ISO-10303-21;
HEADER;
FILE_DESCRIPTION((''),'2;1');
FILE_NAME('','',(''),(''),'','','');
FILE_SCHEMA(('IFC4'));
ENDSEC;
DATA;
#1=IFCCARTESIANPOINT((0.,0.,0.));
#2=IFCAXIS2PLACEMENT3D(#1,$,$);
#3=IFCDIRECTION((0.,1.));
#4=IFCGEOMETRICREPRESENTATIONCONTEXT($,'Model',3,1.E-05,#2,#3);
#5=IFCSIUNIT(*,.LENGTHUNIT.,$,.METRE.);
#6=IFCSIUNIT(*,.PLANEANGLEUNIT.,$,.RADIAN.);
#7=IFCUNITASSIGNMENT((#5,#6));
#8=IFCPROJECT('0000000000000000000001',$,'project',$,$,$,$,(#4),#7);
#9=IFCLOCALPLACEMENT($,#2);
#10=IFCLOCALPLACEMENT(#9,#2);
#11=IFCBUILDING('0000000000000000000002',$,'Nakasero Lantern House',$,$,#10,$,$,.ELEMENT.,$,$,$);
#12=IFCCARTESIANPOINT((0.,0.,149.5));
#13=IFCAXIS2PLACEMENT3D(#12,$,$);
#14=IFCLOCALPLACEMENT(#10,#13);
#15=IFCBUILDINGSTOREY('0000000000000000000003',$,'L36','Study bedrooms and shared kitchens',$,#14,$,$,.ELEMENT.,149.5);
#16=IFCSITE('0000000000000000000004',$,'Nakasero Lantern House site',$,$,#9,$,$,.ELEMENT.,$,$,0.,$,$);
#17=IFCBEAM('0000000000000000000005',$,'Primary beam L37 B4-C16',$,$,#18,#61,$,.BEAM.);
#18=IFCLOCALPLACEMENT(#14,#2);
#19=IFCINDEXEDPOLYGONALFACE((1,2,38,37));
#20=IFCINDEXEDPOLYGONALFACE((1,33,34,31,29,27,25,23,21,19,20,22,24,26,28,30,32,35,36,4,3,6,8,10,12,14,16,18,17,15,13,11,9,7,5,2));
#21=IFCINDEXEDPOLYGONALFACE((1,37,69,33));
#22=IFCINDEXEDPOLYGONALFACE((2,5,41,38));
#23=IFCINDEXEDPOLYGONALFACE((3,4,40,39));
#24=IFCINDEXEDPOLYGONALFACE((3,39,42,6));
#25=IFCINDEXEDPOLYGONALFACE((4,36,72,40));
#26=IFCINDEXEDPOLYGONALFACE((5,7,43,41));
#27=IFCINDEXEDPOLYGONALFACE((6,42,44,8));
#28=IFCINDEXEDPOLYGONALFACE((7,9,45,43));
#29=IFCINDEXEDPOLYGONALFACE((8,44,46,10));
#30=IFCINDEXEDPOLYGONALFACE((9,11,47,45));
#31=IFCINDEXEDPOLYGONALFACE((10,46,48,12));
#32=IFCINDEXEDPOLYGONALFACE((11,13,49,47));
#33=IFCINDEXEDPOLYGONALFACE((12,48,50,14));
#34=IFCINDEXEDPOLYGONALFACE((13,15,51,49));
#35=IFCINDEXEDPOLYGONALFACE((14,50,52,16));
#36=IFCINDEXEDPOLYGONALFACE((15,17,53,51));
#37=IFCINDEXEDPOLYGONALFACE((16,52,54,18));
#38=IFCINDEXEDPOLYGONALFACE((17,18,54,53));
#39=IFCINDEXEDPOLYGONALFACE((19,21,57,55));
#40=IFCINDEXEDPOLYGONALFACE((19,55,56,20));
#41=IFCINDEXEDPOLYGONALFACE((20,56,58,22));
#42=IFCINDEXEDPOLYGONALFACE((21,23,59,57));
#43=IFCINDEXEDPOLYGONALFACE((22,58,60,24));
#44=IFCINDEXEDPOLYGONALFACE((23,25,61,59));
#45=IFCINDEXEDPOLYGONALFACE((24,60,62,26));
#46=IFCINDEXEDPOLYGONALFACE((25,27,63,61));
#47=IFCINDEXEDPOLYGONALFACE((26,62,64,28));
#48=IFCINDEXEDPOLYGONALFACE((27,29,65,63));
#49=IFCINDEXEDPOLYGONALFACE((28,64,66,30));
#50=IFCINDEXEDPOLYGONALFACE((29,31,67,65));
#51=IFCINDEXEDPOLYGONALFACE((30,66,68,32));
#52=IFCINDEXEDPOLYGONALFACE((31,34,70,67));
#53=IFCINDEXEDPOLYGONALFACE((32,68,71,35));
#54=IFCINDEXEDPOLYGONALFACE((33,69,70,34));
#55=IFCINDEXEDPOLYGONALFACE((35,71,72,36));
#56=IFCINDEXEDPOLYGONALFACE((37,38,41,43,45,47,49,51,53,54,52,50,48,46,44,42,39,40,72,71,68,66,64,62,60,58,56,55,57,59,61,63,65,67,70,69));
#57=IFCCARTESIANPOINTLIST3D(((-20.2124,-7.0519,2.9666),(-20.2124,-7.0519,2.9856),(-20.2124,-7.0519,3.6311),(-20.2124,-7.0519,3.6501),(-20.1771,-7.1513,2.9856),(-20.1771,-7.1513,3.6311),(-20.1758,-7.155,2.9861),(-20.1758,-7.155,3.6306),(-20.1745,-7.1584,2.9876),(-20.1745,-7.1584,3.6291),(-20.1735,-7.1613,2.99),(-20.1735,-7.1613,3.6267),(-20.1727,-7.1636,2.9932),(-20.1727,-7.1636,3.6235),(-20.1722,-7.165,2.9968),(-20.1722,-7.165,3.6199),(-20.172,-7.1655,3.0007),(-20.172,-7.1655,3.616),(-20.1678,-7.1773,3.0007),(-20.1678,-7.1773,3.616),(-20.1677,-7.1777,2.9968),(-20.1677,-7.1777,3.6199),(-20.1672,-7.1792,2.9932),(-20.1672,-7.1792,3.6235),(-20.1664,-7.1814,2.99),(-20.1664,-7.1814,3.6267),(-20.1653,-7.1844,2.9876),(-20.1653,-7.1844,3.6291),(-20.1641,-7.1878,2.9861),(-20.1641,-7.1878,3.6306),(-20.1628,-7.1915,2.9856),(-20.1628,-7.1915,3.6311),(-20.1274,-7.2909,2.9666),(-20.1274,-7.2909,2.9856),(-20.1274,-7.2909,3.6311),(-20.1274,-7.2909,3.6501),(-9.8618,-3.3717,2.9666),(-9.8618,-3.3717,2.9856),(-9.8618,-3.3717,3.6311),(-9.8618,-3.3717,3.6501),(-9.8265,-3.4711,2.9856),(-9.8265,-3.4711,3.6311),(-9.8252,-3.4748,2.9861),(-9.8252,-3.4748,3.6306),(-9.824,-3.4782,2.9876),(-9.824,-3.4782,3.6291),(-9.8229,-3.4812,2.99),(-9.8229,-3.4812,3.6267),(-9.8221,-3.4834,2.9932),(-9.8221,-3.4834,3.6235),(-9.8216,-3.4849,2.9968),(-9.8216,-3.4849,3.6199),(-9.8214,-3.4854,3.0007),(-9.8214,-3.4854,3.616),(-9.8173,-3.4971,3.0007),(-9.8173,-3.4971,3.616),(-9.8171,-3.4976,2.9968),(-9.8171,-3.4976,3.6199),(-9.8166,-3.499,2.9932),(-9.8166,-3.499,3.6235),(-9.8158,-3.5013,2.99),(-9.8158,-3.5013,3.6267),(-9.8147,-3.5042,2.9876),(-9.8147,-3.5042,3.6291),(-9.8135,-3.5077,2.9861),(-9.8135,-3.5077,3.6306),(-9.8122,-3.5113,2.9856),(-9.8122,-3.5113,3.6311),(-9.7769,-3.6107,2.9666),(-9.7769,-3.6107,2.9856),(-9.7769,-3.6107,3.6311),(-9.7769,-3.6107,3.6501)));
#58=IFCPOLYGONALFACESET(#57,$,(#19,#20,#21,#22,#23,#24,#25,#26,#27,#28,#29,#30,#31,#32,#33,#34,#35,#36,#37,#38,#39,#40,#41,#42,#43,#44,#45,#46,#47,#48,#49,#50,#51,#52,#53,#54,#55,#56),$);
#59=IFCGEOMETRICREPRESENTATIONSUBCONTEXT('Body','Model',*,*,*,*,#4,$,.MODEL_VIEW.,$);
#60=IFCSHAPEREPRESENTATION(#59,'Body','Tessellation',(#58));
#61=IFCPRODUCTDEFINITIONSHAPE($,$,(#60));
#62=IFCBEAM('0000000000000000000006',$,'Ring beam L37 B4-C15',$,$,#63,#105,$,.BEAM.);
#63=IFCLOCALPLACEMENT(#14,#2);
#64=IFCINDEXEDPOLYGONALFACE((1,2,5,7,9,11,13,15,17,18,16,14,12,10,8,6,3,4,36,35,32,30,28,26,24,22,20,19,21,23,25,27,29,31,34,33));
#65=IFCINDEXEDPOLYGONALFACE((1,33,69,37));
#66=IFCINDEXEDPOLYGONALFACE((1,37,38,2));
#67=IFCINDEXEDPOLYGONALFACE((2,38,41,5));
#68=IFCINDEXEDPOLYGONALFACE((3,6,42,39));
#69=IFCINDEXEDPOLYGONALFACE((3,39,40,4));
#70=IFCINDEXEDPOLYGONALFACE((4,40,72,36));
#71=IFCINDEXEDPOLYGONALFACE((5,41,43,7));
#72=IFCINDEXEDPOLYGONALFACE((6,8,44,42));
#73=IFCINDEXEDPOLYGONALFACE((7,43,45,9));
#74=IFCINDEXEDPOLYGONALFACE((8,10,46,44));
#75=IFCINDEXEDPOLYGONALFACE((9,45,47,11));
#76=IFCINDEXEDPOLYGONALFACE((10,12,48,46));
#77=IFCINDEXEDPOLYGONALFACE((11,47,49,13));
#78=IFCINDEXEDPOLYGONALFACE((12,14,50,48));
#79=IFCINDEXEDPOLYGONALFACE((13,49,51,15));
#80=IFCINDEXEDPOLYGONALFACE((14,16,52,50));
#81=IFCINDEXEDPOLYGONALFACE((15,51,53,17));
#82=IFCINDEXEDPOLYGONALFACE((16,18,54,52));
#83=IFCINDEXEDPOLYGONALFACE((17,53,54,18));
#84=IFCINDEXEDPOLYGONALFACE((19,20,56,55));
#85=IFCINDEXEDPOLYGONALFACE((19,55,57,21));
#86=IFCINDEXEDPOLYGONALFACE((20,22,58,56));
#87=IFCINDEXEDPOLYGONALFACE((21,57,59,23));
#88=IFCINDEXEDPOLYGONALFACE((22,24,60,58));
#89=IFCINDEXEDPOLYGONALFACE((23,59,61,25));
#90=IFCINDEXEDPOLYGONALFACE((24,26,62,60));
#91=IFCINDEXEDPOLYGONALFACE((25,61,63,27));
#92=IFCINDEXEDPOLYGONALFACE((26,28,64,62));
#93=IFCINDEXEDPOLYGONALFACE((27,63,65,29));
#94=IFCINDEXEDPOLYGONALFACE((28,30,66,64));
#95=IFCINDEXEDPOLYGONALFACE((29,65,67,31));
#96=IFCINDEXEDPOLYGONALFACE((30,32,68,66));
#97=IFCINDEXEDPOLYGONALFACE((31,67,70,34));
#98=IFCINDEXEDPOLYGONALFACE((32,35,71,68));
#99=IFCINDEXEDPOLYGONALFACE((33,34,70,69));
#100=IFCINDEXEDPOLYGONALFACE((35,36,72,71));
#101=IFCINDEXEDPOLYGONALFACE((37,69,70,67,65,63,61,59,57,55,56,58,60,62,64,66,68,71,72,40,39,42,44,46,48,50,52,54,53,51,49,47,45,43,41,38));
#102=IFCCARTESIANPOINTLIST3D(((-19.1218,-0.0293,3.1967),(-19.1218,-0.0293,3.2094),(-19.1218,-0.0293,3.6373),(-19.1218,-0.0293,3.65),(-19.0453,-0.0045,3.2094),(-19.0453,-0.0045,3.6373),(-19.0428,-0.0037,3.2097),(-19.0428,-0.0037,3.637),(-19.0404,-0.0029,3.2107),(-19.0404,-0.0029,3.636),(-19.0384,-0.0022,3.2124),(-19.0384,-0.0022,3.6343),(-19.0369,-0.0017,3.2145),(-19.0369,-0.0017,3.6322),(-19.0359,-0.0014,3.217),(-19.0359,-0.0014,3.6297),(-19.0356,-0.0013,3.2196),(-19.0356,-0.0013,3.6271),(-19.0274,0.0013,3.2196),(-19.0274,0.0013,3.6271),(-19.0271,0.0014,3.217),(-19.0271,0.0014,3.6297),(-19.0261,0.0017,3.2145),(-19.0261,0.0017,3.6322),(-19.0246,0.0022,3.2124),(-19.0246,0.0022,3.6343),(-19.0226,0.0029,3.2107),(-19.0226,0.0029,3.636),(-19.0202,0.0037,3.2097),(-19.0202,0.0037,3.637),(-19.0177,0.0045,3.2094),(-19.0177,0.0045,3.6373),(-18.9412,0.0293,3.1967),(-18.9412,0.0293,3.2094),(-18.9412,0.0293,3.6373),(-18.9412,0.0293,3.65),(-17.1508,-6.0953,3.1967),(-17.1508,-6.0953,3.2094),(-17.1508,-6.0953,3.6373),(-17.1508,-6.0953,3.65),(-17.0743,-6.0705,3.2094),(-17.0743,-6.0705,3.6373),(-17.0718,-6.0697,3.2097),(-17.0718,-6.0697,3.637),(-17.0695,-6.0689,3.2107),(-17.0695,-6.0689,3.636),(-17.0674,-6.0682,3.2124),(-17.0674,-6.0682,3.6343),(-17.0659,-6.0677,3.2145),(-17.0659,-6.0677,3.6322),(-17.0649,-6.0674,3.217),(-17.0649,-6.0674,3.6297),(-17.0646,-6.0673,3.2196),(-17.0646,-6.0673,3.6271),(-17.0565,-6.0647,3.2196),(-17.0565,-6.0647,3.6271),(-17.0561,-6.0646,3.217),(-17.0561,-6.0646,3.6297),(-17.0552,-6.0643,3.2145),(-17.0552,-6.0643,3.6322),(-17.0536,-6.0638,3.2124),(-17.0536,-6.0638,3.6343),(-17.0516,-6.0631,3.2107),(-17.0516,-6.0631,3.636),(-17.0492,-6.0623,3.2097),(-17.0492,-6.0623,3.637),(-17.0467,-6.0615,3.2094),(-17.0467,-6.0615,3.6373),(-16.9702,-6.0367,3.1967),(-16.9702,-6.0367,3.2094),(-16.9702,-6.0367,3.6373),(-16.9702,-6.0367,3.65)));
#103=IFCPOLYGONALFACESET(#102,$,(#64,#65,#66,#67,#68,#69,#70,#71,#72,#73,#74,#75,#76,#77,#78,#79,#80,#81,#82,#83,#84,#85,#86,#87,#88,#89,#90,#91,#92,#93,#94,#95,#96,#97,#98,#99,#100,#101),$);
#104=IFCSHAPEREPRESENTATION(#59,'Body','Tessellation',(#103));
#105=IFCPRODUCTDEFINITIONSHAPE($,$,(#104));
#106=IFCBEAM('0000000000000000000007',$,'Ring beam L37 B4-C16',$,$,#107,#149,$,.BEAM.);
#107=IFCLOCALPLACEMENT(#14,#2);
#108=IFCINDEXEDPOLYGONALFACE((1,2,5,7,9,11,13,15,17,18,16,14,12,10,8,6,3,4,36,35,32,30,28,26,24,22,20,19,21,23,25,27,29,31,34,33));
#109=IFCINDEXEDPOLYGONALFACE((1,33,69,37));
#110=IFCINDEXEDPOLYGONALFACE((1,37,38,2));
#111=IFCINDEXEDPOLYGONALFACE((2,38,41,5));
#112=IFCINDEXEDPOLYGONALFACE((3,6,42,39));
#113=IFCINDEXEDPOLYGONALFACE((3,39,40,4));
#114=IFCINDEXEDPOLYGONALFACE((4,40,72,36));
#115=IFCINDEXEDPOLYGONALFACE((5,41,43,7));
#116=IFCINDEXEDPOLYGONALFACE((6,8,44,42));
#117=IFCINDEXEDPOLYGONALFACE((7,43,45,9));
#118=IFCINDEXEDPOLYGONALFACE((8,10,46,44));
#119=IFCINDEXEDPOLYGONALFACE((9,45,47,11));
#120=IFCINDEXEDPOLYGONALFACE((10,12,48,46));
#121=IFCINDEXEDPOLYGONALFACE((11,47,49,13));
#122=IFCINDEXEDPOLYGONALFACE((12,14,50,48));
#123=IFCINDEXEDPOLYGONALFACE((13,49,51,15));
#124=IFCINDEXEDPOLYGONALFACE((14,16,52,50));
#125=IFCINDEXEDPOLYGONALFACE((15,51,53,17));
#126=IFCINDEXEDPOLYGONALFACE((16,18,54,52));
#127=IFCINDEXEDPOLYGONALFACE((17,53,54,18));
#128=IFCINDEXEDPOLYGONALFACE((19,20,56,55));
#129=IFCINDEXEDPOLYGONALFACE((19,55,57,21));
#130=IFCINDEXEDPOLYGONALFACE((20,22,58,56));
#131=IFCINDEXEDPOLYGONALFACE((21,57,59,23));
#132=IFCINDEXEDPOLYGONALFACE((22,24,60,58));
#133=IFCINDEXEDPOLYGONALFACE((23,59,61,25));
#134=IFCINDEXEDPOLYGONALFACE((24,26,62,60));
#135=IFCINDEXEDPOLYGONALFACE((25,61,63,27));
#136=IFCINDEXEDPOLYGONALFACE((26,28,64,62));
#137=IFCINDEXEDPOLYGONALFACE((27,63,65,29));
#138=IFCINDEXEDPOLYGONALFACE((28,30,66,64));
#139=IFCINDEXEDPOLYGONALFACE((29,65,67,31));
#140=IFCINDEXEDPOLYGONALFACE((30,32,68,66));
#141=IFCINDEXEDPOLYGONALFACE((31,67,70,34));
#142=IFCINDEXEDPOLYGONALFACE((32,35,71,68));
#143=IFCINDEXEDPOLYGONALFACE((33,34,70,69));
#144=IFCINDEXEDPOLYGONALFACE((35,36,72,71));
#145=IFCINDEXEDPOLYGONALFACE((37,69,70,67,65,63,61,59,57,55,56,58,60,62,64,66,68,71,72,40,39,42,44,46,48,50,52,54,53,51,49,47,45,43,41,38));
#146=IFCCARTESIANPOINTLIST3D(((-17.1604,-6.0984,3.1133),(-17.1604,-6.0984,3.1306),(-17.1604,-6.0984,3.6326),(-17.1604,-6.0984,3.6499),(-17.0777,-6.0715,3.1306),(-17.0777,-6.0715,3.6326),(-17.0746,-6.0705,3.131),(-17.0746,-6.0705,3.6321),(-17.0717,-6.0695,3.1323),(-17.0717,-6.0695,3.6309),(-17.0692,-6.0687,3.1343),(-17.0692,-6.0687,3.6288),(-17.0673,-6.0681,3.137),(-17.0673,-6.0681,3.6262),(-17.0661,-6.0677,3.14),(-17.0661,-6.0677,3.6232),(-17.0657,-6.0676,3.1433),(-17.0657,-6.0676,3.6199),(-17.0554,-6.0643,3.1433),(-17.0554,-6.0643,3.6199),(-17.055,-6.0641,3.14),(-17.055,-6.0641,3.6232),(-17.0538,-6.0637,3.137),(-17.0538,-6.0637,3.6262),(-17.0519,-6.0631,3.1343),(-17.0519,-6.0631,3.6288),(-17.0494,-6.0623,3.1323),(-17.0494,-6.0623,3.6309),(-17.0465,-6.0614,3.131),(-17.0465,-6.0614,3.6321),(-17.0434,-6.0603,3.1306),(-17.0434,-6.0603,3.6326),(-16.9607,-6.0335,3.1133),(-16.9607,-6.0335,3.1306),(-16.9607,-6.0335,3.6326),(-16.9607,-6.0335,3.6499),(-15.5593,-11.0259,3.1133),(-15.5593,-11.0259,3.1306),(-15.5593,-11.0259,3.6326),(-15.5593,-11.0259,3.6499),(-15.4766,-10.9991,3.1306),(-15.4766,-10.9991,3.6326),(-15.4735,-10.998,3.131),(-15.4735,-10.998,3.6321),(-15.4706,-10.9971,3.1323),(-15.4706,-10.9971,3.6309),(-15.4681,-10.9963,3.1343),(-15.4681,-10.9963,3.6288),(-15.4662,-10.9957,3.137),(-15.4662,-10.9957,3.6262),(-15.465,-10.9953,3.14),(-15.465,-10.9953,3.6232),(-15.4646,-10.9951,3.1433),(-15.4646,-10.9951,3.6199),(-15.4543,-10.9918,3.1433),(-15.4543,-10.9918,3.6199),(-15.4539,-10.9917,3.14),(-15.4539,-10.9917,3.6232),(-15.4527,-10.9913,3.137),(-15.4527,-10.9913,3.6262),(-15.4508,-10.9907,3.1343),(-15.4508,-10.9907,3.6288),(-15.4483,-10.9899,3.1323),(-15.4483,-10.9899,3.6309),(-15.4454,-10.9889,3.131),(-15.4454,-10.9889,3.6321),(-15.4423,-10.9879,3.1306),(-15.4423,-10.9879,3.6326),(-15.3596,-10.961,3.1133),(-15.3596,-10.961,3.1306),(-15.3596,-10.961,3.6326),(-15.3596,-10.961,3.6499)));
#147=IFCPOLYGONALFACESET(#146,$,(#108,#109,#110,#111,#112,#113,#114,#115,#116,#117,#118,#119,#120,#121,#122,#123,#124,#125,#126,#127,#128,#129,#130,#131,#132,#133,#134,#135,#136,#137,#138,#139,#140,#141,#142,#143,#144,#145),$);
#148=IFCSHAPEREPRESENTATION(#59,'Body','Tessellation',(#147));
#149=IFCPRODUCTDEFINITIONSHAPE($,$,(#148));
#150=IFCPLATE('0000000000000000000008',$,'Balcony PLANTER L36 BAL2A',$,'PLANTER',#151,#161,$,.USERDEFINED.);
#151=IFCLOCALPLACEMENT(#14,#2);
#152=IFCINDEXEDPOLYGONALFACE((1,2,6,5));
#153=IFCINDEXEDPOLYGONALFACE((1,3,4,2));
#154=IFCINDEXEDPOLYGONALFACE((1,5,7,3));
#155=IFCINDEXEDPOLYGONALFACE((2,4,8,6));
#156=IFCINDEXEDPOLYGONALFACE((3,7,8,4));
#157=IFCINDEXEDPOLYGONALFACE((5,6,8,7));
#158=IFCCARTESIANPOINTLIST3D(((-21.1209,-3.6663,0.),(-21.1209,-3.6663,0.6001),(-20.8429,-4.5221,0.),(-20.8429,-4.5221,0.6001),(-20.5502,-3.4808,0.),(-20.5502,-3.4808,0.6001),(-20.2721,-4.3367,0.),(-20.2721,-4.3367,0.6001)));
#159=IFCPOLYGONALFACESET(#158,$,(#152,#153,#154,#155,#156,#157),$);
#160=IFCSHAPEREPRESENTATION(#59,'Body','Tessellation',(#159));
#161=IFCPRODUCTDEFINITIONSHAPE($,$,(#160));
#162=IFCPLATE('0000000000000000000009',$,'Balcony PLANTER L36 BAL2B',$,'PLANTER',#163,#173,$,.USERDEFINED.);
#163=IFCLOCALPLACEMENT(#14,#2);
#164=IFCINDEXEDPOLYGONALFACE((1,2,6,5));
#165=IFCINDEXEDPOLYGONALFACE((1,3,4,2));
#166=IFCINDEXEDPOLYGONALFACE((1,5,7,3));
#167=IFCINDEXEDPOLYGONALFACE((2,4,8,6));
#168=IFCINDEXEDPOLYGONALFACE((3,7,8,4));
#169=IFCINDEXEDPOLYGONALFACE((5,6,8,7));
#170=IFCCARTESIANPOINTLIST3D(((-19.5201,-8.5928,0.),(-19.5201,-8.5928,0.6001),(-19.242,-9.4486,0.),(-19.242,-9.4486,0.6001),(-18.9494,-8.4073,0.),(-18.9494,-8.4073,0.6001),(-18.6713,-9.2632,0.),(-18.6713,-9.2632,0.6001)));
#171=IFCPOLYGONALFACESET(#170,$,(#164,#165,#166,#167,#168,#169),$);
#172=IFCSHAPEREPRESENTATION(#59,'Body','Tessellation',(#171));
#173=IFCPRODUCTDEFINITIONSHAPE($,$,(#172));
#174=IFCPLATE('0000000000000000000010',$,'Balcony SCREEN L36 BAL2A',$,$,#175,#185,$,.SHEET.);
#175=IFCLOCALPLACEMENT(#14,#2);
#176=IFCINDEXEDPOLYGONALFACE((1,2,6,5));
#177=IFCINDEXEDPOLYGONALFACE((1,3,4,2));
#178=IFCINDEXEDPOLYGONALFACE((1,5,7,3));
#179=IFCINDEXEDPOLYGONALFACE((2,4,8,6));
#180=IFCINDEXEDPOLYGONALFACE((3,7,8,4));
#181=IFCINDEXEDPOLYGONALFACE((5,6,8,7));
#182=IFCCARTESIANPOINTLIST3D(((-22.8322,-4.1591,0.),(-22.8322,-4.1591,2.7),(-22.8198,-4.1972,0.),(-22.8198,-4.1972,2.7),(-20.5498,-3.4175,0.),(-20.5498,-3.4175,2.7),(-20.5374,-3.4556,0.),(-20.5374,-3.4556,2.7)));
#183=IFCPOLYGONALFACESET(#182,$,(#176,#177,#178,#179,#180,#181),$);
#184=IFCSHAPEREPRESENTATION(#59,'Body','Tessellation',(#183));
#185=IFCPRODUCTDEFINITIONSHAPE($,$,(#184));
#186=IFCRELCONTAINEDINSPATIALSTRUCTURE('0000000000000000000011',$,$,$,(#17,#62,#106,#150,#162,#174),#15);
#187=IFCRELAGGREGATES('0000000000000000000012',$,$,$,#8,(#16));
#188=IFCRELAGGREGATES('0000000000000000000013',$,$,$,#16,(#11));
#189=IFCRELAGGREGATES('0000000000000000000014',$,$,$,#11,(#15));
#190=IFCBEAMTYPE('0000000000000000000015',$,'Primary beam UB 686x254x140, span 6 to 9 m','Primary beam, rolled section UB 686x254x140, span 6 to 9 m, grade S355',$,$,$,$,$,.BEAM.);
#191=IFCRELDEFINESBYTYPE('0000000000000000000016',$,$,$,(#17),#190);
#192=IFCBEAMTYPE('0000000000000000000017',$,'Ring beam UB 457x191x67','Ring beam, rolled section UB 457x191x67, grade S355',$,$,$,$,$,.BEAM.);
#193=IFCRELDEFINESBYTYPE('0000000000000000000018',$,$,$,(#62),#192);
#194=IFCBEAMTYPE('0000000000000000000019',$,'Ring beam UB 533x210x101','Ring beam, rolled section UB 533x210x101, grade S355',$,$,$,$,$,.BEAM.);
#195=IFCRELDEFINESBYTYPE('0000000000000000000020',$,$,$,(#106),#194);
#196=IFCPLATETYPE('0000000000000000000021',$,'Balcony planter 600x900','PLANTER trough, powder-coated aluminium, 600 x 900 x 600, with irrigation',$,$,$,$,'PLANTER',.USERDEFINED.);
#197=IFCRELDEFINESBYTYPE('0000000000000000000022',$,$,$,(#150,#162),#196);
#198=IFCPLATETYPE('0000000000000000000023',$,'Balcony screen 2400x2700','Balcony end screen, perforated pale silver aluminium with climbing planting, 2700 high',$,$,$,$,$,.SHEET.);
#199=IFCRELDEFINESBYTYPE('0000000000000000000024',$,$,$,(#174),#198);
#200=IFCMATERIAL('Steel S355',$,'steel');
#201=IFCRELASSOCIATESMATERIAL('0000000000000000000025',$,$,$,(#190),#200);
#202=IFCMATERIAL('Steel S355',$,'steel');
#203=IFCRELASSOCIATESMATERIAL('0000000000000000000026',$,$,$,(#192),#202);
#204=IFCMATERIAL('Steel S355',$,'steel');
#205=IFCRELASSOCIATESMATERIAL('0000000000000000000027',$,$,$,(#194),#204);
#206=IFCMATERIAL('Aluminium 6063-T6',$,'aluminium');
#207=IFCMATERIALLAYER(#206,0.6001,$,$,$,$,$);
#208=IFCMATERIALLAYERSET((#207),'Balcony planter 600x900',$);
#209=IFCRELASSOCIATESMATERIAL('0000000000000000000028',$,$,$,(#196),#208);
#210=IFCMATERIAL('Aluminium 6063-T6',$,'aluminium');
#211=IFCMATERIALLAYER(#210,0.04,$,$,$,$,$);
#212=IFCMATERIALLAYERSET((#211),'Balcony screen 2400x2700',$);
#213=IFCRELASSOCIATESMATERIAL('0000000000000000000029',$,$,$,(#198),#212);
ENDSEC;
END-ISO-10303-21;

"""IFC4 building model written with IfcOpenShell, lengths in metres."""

from ifc_helpers import new_model, si_unit, direction, frame, origin, origin_2d, place, context, subcontext, project, spatial, rectangle, i_section, extrude, material, layer, layer_set, material_profile, profile_set, type_object, element, save


model = new_model("IFC4")

# Units and contexts
model_context = context("Model", 3, precision=1e-05, world=origin(), true_north=direction((0.0, 1.0)))
body_context = subcontext(model_context, "Body", "Model", "MODEL_VIEW")
ifc_project = project(units=[si_unit("LENGTHUNIT", "METRE"), si_unit("PLANEANGLEUNIT", "RADIAN")], contexts=[model_context])

# Site, building, storey
site_placement = place(None, origin())
site = spatial("IfcSite", under=ifc_project, at=site_placement, Name="Nakasero Lantern House site", CompositionType="ELEMENT", RefElevation=0.0)
building_placement = place(site_placement, origin())
building = spatial("IfcBuilding", under=site, at=building_placement, Name="Nakasero Lantern House", CompositionType="ELEMENT")
storey_placement = place(building_placement, frame((0.0, 0.0, 149.5)))
storey = spatial("IfcBuildingStorey", under=building, at=storey_placement, Name="L36", Description="Study bedrooms and shared kitchens", CompositionType="ELEMENT", Elevation=149.5)

# Beams
ifc_material_1 = material(Name="Steel S355", Category="steel")
ifc_material_profile_1 = material_profile(ifc_material_1, i_section(OverallWidth=0.2537, OverallDepth=0.6836, WebThickness=0.0125, FlangeThickness=0.019, FilletRadius=0.0151, at=origin_2d()), Name="UB 686x254x140")
ifc_profile_set_1 = profile_set([ifc_material_profile_1], Name="Steel S355")
beam_type_1 = type_object("IfcBeamType", Name="Primary beam UB 686x254x140, span 6 to 9 m", Description="Primary beam, rolled section UB 686x254x140, span 6 to 9 m, grade S355", PredefinedType="BEAM", material=ifc_profile_set_1)
beam_1_placement = place(storey_placement, frame((-20.1699, -7.1714, 3.3083), z_axis=(0.942216, 0.335007, 0.0), x_axis=(-0.335007, 0.942216, 0.0)))
element("IfcBeam", 1, at=beam_1_placement, inside=storey, type_object=beam_type_1, Name="Primary beam L37 B4-C16", PredefinedType="BEAM", context=body_context, shape_type="SweptSolid", body=[
    extrude(i_section(OverallWidth=0.2537, OverallDepth=0.6836, WebThickness=0.0125, FlangeThickness=0.019, FilletRadius=0.0151, at=origin_2d()), origin(), (0.0, 0.0, 1.0), 10.9854),
])
ifc_material_2 = material(Name="Steel S355", Category="steel")
ifc_material_profile_2 = material_profile(ifc_material_2, i_section(OverallWidth=0.1899, OverallDepth=0.4534, WebThickness=0.0085, FlangeThickness=0.0127, FilletRadius=0.0103, at=origin_2d()), Name="UB 457x191x67")
ifc_profile_set_2 = profile_set([ifc_material_profile_2], Name="Steel S355")
beam_type_2 = type_object("IfcBeamType", Name="Ring beam UB 457x191x67", Description="Ring beam, rolled section UB 457x191x67, grade S355", PredefinedType="BEAM", material=ifc_profile_set_2)
beam_2_placement = place(storey_placement, frame((-19.0315, 0.0, 3.4233), z_axis=(0.309019, -0.951056, 0.0), x_axis=(0.951056, 0.309019, 0.0)))
element("IfcBeam", 2, at=beam_2_placement, inside=storey, type_object=beam_type_2, Name="Ring beam L37 B4-C15", PredefinedType="BEAM", context=body_context, shape_type="SweptSolid", body=[
    extrude(i_section(OverallWidth=0.1899, OverallDepth=0.4534, WebThickness=0.0085, FlangeThickness=0.0127, FilletRadius=0.0103, at=origin_2d()), origin(), (0.0, 0.0, 1.0), 6.3782),
])
ifc_material_3 = material(Name="Steel S355", Category="steel")
ifc_material_profile_3 = material_profile(ifc_material_3, i_section(OverallWidth=0.21, OverallDepth=0.5366, WebThickness=0.0107, FlangeThickness=0.0173, FilletRadius=0.0127, at=origin_2d()), Name="UB 533x210x101")
ifc_profile_set_3 = profile_set([ifc_material_profile_3], Name="Steel S355")
beam_type_3 = type_object("IfcBeamType", Name="Ring beam UB 533x210x101", Description="Ring beam, rolled section UB 533x210x101, grade S355", PredefinedType="BEAM", material=ifc_profile_set_3)
beam_3_placement = place(storey_placement, frame((-17.0605, -6.0659, 3.3816), z_axis=(0.309023, -0.951054, 0.0), x_axis=(0.951054, 0.309023, 0.0)))
element("IfcBeam", 3, at=beam_3_placement, inside=storey, type_object=beam_type_3, Name="Ring beam L37 B4-C16", PredefinedType="BEAM", context=body_context, shape_type="SweptSolid", body=[
    extrude(i_section(OverallWidth=0.21, OverallDepth=0.5366, WebThickness=0.0107, FlangeThickness=0.0173, FilletRadius=0.0127, at=origin_2d()), origin(), (0.0, 0.0, 1.0), 5.1812),
])

# Plates
ifc_material_4 = material(Name="Aluminium 6063-T6", Category="aluminium")
ifc_layer_1 = layer(ifc_material_4, 0.6001)
ifc_layer_set_1 = layer_set([ifc_layer_1], Name="Balcony planter 600x900")
plate_type_1 = type_object("IfcPlateType", Name="Balcony planter 600x900", Description="PLANTER trough, powder-coated aluminium, 600 x 900 x 600, with irrigation", ElementType="PLANTER", PredefinedType="USERDEFINED", material=ifc_layer_set_1)
for number, where, z_axis, x_axis, name in (
    (4, (-20.6965, -4.0015, 0.0), (0.0, 0.0, 1.0), (-0.951057, -0.309017, 0.0), "Balcony PLANTER L36 BAL2A"),
    (5, (-19.0957, -8.928, 0.0), (0.0, 0.0, 1.0), (-0.951057, -0.309017, 0.0), "Balcony PLANTER L36 BAL2B"),
):
    element("IfcPlate", number, at=place(storey_placement, frame(where, z_axis=z_axis, x_axis=x_axis)), inside=storey, type_object=plate_type_1, Name=name, ObjectType="PLANTER", PredefinedType="USERDEFINED", context=body_context, shape_type="SweptSolid", body=[
        extrude(rectangle(XDim=0.6001, YDim=0.8999, at=origin_2d()), origin(), (0.0, 0.0, 1.0), 0.6001),
    ])
ifc_material_5 = material(Name="Aluminium 6063-T6", Category="aluminium")
ifc_layer_2 = layer(ifc_material_5, 0.04)
ifc_layer_set_2 = layer_set([ifc_layer_2], Name="Balcony screen 2400x2700")
plate_type_2 = type_object("IfcPlateType", Name="Balcony screen 2400x2700", Description="Balcony end screen, perforated pale silver aluminium with climbing planting, 2700 high", PredefinedType="SHEET", material=ifc_layer_set_2)
for number, where, z_axis, x_axis, name in (
    (6, (-21.6848, -3.8074, 0.0), (0.0, 0.0, 1.0), (-0.951057, -0.309017, 0.0), "Balcony SCREEN L36 BAL2A"),
):
    element("IfcPlate", number, at=place(storey_placement, frame(where, z_axis=z_axis, x_axis=x_axis)), inside=storey, type_object=plate_type_2, Name=name, PredefinedType="SHEET", context=body_context, shape_type="SweptSolid", body=[
        extrude(rectangle(XDim=2.3999, YDim=0.04, at=origin_2d()), origin(), (0.0, 0.0, 1.0), 2.7),
    ])

save(model, "model.ifc")
